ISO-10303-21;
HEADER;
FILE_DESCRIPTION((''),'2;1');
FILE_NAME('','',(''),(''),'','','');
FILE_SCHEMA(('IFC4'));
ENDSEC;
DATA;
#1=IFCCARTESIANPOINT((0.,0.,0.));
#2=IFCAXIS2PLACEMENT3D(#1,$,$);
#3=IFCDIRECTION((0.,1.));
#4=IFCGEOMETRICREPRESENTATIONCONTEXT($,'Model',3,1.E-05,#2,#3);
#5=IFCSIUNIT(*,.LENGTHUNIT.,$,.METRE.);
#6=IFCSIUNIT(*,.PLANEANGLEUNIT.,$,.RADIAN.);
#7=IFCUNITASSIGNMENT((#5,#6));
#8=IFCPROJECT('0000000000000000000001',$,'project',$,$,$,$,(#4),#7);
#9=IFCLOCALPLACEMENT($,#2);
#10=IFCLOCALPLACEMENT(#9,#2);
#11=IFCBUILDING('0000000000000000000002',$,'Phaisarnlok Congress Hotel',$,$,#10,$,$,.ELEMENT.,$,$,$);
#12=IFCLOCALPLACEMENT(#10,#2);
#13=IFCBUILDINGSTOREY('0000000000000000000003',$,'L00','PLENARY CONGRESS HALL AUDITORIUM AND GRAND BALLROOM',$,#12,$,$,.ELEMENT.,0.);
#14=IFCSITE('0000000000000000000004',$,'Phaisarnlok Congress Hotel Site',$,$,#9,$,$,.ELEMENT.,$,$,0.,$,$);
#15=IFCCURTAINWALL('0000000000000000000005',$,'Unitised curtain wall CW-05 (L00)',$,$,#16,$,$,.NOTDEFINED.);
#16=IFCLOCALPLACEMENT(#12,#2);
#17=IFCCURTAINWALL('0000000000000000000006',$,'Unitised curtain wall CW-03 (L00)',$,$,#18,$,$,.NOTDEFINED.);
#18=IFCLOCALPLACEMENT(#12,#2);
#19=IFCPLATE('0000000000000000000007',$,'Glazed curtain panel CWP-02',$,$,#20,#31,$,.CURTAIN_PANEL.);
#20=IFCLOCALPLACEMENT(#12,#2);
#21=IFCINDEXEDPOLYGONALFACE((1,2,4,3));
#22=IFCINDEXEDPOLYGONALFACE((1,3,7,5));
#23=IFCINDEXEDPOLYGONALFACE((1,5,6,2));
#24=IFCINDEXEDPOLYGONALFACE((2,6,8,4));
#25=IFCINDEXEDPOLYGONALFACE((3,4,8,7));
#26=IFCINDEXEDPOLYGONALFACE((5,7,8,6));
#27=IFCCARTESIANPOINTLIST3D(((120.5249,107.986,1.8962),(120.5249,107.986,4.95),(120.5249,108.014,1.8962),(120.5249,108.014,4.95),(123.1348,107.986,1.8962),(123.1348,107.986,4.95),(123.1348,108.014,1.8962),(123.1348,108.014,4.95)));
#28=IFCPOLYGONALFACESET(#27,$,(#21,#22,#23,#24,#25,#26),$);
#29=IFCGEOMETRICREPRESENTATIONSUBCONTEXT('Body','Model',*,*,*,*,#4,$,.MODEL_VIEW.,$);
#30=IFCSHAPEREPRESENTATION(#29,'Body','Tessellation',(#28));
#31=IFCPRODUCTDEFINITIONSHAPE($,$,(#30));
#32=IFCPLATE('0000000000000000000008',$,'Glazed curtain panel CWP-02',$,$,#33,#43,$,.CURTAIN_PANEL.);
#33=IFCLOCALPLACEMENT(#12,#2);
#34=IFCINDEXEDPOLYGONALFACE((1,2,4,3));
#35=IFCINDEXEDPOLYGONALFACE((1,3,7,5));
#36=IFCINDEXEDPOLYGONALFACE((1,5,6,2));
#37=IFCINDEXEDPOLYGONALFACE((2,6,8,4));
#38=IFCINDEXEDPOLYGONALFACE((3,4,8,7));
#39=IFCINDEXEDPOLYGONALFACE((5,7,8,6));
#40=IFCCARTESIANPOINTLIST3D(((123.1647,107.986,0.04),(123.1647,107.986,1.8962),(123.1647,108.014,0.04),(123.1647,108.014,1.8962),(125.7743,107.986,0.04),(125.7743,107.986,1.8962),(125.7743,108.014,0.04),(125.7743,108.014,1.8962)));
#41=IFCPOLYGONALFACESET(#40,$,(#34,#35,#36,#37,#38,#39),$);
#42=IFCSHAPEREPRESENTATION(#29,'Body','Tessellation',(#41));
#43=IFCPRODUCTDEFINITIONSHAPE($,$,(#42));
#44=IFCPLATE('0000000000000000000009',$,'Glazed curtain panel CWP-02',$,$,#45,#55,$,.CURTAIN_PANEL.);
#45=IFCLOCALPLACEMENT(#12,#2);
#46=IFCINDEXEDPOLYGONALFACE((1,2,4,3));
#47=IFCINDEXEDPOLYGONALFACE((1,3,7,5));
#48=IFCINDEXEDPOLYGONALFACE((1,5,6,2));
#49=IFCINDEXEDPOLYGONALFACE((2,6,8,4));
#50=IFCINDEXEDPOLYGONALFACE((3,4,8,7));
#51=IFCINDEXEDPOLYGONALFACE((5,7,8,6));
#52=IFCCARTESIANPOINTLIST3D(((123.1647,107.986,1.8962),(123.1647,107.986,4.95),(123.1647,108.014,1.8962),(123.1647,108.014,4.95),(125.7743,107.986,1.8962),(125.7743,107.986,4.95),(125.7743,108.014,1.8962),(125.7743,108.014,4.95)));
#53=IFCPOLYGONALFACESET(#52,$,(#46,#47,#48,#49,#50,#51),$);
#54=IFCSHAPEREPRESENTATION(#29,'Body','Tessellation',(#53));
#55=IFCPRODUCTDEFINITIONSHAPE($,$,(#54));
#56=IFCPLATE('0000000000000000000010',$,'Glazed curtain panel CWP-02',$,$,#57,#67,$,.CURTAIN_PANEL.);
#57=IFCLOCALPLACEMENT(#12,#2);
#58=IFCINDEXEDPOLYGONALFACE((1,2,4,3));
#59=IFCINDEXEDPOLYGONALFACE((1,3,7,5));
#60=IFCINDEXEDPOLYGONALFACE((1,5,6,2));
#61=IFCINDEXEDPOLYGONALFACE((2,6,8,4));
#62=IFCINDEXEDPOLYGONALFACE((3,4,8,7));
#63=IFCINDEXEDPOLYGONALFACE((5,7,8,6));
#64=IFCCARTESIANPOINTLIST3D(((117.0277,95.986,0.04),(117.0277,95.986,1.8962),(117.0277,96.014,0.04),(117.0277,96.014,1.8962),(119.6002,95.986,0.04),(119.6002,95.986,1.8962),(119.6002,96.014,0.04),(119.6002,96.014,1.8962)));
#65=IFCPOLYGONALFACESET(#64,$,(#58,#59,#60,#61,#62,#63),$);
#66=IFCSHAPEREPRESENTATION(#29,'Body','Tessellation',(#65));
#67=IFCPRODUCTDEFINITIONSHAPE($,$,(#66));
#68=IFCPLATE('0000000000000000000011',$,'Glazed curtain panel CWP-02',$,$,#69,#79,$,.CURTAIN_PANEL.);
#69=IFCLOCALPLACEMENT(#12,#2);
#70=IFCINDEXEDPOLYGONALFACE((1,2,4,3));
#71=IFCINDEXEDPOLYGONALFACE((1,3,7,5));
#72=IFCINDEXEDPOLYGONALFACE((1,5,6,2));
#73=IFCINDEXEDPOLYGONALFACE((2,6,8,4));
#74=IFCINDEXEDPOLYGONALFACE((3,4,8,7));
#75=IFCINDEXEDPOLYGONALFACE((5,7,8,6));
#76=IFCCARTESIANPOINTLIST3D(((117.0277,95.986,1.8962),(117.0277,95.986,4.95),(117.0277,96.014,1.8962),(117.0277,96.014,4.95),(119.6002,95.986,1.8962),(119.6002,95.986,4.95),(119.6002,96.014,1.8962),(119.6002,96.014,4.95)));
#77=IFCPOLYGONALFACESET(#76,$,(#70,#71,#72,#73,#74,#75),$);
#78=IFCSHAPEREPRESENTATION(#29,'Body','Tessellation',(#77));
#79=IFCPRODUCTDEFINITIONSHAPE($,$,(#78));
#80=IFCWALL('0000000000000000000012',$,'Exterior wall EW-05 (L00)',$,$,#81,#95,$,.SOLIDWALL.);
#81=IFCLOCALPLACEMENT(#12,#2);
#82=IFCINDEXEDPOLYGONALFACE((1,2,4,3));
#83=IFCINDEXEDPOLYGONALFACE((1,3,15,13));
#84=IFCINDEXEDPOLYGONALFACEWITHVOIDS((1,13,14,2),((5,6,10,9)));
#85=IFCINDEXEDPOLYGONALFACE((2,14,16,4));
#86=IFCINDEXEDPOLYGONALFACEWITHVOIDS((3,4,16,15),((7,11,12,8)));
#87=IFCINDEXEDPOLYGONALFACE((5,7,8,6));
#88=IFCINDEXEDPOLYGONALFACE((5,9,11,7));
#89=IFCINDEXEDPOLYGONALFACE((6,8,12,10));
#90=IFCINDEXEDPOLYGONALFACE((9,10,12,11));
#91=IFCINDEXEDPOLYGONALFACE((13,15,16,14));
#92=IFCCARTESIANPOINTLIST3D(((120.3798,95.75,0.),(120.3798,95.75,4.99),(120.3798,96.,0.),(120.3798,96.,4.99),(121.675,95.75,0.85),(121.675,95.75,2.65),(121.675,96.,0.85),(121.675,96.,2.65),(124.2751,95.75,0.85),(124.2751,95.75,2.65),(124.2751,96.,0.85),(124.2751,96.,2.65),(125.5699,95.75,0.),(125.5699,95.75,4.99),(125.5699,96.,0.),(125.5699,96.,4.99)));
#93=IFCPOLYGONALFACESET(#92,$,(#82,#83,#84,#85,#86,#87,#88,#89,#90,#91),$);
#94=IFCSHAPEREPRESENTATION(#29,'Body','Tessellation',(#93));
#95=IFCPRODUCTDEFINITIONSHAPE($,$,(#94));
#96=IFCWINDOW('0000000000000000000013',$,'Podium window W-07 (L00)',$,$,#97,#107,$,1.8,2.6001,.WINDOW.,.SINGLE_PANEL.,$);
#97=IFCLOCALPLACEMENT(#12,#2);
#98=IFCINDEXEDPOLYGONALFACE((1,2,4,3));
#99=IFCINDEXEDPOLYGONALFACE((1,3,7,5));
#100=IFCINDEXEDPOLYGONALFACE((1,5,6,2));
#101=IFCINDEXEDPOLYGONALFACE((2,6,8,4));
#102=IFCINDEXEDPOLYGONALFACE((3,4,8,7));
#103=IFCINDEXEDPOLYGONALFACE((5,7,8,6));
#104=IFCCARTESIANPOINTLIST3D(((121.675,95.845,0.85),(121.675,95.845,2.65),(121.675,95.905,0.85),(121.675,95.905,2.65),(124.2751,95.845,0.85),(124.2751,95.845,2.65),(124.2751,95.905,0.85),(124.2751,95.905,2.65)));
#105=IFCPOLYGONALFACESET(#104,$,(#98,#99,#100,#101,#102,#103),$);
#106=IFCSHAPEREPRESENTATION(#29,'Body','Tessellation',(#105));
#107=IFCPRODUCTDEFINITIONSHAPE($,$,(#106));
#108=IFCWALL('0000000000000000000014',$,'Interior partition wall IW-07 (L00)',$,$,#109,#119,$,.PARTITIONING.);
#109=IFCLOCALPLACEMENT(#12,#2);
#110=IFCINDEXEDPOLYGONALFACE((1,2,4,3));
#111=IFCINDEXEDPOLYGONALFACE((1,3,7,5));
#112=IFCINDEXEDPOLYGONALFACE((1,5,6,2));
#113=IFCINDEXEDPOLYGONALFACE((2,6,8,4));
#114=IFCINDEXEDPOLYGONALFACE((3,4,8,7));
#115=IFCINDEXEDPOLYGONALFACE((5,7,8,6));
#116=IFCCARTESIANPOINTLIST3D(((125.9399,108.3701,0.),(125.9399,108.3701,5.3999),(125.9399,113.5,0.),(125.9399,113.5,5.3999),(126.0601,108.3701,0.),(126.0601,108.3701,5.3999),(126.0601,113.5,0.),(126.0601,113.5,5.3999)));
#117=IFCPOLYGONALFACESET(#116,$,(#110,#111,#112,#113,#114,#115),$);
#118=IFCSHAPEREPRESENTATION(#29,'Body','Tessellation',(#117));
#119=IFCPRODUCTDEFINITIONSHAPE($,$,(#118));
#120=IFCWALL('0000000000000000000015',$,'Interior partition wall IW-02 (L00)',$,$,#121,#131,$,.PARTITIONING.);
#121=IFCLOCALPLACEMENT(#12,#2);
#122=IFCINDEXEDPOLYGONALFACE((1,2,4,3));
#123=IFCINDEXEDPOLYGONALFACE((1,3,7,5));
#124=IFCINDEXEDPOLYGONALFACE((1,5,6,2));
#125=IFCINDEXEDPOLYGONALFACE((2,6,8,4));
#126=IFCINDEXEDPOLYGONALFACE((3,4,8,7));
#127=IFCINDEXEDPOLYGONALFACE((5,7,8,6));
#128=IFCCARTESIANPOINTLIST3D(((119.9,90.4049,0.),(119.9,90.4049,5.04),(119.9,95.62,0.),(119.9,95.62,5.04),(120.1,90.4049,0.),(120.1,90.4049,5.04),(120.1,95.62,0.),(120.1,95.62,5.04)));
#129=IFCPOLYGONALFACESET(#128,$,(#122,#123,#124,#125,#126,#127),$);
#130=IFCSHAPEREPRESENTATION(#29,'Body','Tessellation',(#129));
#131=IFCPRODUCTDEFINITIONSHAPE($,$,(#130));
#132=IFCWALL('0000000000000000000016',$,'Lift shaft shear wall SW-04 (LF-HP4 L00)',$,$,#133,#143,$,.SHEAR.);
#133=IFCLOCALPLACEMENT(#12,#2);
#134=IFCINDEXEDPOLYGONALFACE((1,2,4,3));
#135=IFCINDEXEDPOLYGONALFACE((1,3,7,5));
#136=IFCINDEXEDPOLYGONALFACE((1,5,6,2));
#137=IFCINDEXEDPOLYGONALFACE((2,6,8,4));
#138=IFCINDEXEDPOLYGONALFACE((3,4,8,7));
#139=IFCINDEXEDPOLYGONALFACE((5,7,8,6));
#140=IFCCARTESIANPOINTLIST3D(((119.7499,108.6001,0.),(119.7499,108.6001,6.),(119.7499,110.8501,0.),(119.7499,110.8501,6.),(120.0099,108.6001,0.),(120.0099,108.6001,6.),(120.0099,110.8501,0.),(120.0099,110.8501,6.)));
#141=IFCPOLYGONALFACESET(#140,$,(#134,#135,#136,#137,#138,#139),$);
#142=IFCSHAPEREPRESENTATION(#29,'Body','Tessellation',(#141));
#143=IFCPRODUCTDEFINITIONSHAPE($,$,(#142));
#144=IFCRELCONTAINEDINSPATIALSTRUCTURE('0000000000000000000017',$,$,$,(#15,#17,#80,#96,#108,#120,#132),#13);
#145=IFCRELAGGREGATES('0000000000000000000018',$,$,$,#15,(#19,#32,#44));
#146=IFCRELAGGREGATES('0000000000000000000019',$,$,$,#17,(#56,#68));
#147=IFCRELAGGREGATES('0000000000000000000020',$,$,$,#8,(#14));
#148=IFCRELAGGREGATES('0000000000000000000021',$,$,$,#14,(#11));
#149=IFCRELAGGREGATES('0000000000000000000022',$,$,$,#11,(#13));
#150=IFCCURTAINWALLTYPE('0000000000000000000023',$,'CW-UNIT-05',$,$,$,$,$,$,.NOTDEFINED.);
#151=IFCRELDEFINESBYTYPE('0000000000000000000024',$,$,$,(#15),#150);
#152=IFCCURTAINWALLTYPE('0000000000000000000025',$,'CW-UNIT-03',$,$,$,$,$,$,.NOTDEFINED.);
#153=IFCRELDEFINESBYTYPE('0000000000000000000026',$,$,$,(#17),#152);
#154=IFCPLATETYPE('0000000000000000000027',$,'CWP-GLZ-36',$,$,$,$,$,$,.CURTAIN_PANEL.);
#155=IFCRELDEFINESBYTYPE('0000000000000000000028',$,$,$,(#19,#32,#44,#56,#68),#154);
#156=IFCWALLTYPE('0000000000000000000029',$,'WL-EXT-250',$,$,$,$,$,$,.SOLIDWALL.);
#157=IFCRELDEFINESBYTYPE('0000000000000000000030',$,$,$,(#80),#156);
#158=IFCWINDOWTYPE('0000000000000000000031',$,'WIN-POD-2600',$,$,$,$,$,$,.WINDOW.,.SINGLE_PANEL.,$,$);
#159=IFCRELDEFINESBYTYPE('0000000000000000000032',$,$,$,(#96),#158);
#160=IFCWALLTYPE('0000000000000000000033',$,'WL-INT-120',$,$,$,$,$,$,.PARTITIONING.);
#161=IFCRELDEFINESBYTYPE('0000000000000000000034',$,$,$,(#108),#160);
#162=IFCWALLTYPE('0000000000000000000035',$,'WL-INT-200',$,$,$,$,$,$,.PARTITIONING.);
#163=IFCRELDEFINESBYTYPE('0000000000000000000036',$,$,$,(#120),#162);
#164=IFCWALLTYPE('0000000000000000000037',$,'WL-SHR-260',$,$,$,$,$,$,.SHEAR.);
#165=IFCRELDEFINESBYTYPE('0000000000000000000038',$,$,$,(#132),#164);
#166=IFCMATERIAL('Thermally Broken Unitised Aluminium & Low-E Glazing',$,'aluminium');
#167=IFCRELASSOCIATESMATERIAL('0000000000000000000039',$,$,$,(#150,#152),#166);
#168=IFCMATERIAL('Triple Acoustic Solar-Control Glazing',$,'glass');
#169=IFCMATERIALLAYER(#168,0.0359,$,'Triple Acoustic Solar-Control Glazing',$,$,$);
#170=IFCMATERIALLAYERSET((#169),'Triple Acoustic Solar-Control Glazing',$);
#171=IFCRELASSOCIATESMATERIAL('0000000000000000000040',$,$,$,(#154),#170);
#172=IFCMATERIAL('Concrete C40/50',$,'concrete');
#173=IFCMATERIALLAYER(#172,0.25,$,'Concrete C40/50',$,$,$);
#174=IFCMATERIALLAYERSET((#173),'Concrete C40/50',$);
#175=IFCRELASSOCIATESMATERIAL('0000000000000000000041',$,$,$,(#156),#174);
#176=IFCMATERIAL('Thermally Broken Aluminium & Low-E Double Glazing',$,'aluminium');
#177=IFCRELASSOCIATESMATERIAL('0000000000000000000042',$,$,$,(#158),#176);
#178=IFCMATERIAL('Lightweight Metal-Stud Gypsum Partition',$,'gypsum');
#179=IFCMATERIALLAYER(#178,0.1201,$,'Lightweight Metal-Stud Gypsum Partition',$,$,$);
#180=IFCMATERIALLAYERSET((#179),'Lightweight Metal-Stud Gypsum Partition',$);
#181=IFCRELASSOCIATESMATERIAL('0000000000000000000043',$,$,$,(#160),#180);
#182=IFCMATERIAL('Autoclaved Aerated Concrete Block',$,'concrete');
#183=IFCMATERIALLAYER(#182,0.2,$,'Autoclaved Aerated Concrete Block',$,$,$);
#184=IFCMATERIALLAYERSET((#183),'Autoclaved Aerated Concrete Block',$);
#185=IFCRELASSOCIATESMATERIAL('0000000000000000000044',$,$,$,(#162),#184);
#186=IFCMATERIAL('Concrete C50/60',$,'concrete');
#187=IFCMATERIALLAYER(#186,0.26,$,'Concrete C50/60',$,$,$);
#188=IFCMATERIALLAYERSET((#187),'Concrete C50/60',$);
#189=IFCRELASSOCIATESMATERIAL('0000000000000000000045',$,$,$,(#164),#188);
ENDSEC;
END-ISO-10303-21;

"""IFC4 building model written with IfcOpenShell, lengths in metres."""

from ifc_helpers import new_model, si_unit, direction, frame, frame_2d, origin, place, context, subcontext, project, spatial, rectangle, extrude, material, layer, layer_set, type_object, element, fill, aggregate, save


model = new_model("IFC4")

# Units and contexts
model_context = context("Model", 3, precision=1e-05, world=origin(), true_north=direction((0.0, 1.0)))
body_context = subcontext(model_context, "Body", "Model", "MODEL_VIEW")
ifc_project = project(units=[si_unit("LENGTHUNIT", "METRE"), si_unit("PLANEANGLEUNIT", "RADIAN")], contexts=[model_context])

# Site, building, storey
site_placement = place(None, origin())
site = spatial("IfcSite", under=ifc_project, at=site_placement, Name="Phaisarnlok Congress Hotel Site", CompositionType="ELEMENT", RefElevation=0.0)
building_placement = place(site_placement, origin())
building = spatial("IfcBuilding", under=site, at=building_placement, Name="Phaisarnlok Congress Hotel", CompositionType="ELEMENT")
storey_placement = place(building_placement, origin())
storey = spatial("IfcBuildingStorey", under=building, at=storey_placement, Name="L00", Description="PLENARY CONGRESS HALL AUDITORIUM AND GRAND BALLROOM", CompositionType="ELEMENT", Elevation=0.0)

# Shared definitions
ifc_material_1 = material(Name="Concrete C50/60", Category="concrete")

# Shared definitions
ifc_material_2 = material(Name="Concrete C40/50", Category="concrete")

# Curtain wall
ifc_material_3 = material(Name="Thermally Broken Unitised Aluminium & Low-E Glazing", Category="aluminium")
curtain_wall_type_1 = type_object("IfcCurtainWallType", Name="CW-UNIT-05", PredefinedType="NOTDEFINED", material=ifc_material_3)
curtain_wall_1_placement = place(storey_placement, origin())
curtain_wall_1 = element("IfcCurtainWall", 1, at=curtain_wall_1_placement, inside=storey, type_object=curtain_wall_type_1, Name="Unitised curtain wall CW-05 (L00)", PredefinedType="NOTDEFINED")

# Curtain wall
curtain_wall_type_2 = type_object("IfcCurtainWallType", Name="CW-UNIT-03", PredefinedType="NOTDEFINED", material=ifc_material_3)
curtain_wall_2_placement = place(storey_placement, origin())
curtain_wall_2 = element("IfcCurtainWall", 2, at=curtain_wall_2_placement, inside=storey, type_object=curtain_wall_type_2, Name="Unitised curtain wall CW-03 (L00)", PredefinedType="NOTDEFINED")

# Plates
ifc_material_4 = material(Name="Triple Acoustic Solar-Control Glazing", Category="glass")
ifc_layer_1 = layer(ifc_material_4, 0.0359, Name="Triple Acoustic Solar-Control Glazing")
ifc_layer_set_1 = layer_set([ifc_layer_1], Name="Triple Acoustic Solar-Control Glazing")
plate_type = type_object("IfcPlateType", Name="CWP-GLZ-36", PredefinedType="CURTAIN_PANEL", material=ifc_layer_set_1)
plate_1_placement = place(storey_placement, frame((120.5249, 108.0, 1.8962), z_axis=(0.0, 0.0, 1.0), x_axis=(1.0, 0.0, 0.0)))
plate_1 = element("IfcPlate", 3, at=plate_1_placement, type_object=plate_type, Name="Glazed curtain panel CWP-02", PredefinedType="CURTAIN_PANEL", context=body_context, shape_type="SweptSolid", body=[
    extrude(rectangle(XDim=2.6099, YDim=0.0281, at=frame_2d((1.3049, 0.0))), origin(), (0.0, 0.0, 1.0), 3.0537),
])
plate_2_placement = place(storey_placement, frame((123.1648, 108.0, 0.04), z_axis=(0.0, 0.0, 1.0), x_axis=(1.0, 0.0, 0.0)))
plate_2 = element("IfcPlate", 4, at=plate_2_placement, type_object=plate_type, Name="Glazed curtain panel CWP-02", PredefinedType="CURTAIN_PANEL", context=body_context, shape_type="SweptSolid", body=[
    extrude(rectangle(XDim=2.6096, YDim=0.0281, at=frame_2d((1.3047, 0.0))), origin(), (0.0, 0.0, 1.0), 1.8562),
])
plate_3_placement = place(storey_placement, frame((123.1648, 108.0, 1.8962), z_axis=(0.0, 0.0, 1.0), x_axis=(1.0, 0.0, 0.0)))
plate_3 = element("IfcPlate", 5, at=plate_3_placement, type_object=plate_type, Name="Glazed curtain panel CWP-02", PredefinedType="CURTAIN_PANEL", context=body_context, shape_type="SweptSolid", body=[
    extrude(rectangle(XDim=2.6096, YDim=0.0281, at=frame_2d((1.3047, 0.0))), origin(), (0.0, 0.0, 1.0), 3.0537),
])
aggregate(curtain_wall_1, [plate_1, plate_2, plate_3])
plate_4_placement = place(storey_placement, frame((119.6001, 96.0, 0.04), z_axis=(0.0, 0.0, 1.0), x_axis=(-1.0, 0.0, 0.0)))
plate_4 = element("IfcPlate", 6, at=plate_4_placement, type_object=plate_type, Name="Glazed curtain panel CWP-02", PredefinedType="CURTAIN_PANEL", context=body_context, shape_type="SweptSolid", body=[
    extrude(rectangle(XDim=2.5725, YDim=0.0281, at=frame_2d((1.2861, 0.0))), origin(), (0.0, 0.0, 1.0), 1.8562),
])
plate_5_placement = place(storey_placement, frame((119.6001, 96.0, 1.8962), z_axis=(0.0, 0.0, 1.0), x_axis=(-1.0, 0.0, 0.0)))
plate_5 = element("IfcPlate", 7, at=plate_5_placement, type_object=plate_type, Name="Glazed curtain panel CWP-02", PredefinedType="CURTAIN_PANEL", context=body_context, shape_type="SweptSolid", body=[
    extrude(rectangle(XDim=2.5725, YDim=0.0281, at=frame_2d((1.2861, 0.0))), origin(), (0.0, 0.0, 1.0), 3.0537),
])
aggregate(curtain_wall_2, [plate_4, plate_5])

# Wall, opening, window
ifc_layer_2 = layer(ifc_material_2, 0.25, Name="Concrete C40/50")
ifc_layer_set_2 = layer_set([ifc_layer_2], Name="Concrete C40/50")
wall_type_1 = type_object("IfcWallType", Name="WL-EXT-250", PredefinedType="SOLIDWALL", material=ifc_layer_set_2)
wall_1_placement = place(storey_placement, frame((125.5701, 95.875, 0.0), z_axis=(0.0, 0.0, 1.0), x_axis=(-1.0, 0.0, 0.0)))
wall_1 = element("IfcWall", 8, at=wall_1_placement, inside=storey, type_object=wall_type_1, Name="Exterior wall EW-05 (L00)", PredefinedType="SOLIDWALL", context=body_context, shape_type="SweptSolid", body=[
    extrude(rectangle(XDim=5.1902, YDim=0.25, at=frame_2d((2.5952, 0.0))), origin(), (0.0, 0.0, 1.0), 4.99),
])
opening_placement = place(wall_1_placement, frame((1.2949, 0.0, 0.8501)))
opening = element("IfcOpeningElement", 9, at=opening_placement, cuts=wall_1, PredefinedType="OPENING", context=body_context, shape_type="SweptSolid", body=[
    extrude(rectangle(XDim=2.6001, YDim=1.8, at=frame_2d((1.3, 0.8999))), frame((0.0, 0.135, 0.0), z_axis=(0.0, -1.0, 0.0), x_axis=(1.0, 0.0, 0.0)), (0.0, 0.0, 1.0), 0.27),
])
ifc_material_5 = material(Name="Thermally Broken Aluminium & Low-E Double Glazing", Category="aluminium")
window_type = type_object("IfcWindowType", Name="WIN-POD-2600", PartitioningType="SINGLE_PANEL", PredefinedType="WINDOW", material=ifc_material_5)
window_placement = place(opening_placement, origin())
window = element("IfcWindow", 10, at=window_placement, inside=storey, type_object=window_type, Name="Podium window W-07 (L00)", OverallHeight=1.8, OverallWidth=2.6001, PartitioningType="SINGLE_PANEL", PredefinedType="WINDOW", context=body_context, shape_type="SweptSolid", body=[
    extrude(rectangle(XDim=2.6001, YDim=1.8, at=frame_2d((1.3, 0.8999))), frame((0.0, 0.03, 0.0), z_axis=(0.0, -1.0, 0.0), x_axis=(1.0, 0.0, 0.0)), (0.0, 0.0, 1.0), 0.0601),
])
fill(opening, window)

# Walls
ifc_material_6 = material(Name="Lightweight Metal-Stud Gypsum Partition", Category="gypsum")
ifc_layer_3 = layer(ifc_material_6, 0.1201, Name="Lightweight Metal-Stud Gypsum Partition")
ifc_layer_set_3 = layer_set([ifc_layer_3], Name="Lightweight Metal-Stud Gypsum Partition")
wall_type_2 = type_object("IfcWallType", Name="WL-INT-120", PredefinedType="PARTITIONING", material=ifc_layer_set_3)
wall_2_placement = place(storey_placement, frame((126.0, 108.3701, 0.0), z_axis=(0.0, 0.0, 1.0), x_axis=(0.0, 1.0, 0.0)))
element("IfcWall", 11, at=wall_2_placement, inside=storey, type_object=wall_type_2, Name="Interior partition wall IW-07 (L00)", PredefinedType="PARTITIONING", context=body_context, shape_type="SweptSolid", body=[
    extrude(rectangle(XDim=5.1299, YDim=0.1201, at=frame_2d((2.5649, 0.0))), origin(), (0.0, 0.0, 1.0), 5.3999),
])
ifc_material_7 = material(Name="Autoclaved Aerated Concrete Block", Category="concrete")
ifc_layer_4 = layer(ifc_material_7, 0.2, Name="Autoclaved Aerated Concrete Block")
ifc_layer_set_4 = layer_set([ifc_layer_4], Name="Autoclaved Aerated Concrete Block")
wall_type_3 = type_object("IfcWallType", Name="WL-INT-200", PredefinedType="PARTITIONING", material=ifc_layer_set_4)
wall_3_placement = place(storey_placement, frame((120.0, 90.405, 0.0), z_axis=(0.0, 0.0, 1.0), x_axis=(0.0, 1.0, 0.0)))
element("IfcWall", 12, at=wall_3_placement, inside=storey, type_object=wall_type_3, Name="Interior partition wall IW-02 (L00)", PredefinedType="PARTITIONING", context=body_context, shape_type="SweptSolid", body=[
    extrude(rectangle(XDim=5.2151, YDim=0.2, at=frame_2d((2.6074, 0.0))), origin(), (0.0, 0.0, 1.0), 5.04),
])
ifc_layer_5 = layer(ifc_material_1, 0.26, Name="Concrete C50/60")
ifc_layer_set_5 = layer_set([ifc_layer_5], Name="Concrete C50/60")
wall_type_4 = type_object("IfcWallType", Name="WL-SHR-260", PredefinedType="SHEAR", material=ifc_layer_set_5)
wall_4_placement = place(storey_placement, frame((119.8799, 108.6001, 0.0), z_axis=(0.0, 0.0, 1.0), x_axis=(0.0, 1.0, 0.0)))
element("IfcWall", 13, at=wall_4_placement, inside=storey, type_object=wall_type_4, Name="Lift shaft shear wall SW-04 (LF-HP4 L00)", PredefinedType="SHEAR", context=body_context, shape_type="SweptSolid", body=[
    extrude(rectangle(XDim=2.25, YDim=0.26, at=frame_2d((1.125, 0.0))), origin(), (0.0, 0.0, 1.0), 6.0),
])

save(model, "model.ifc")
